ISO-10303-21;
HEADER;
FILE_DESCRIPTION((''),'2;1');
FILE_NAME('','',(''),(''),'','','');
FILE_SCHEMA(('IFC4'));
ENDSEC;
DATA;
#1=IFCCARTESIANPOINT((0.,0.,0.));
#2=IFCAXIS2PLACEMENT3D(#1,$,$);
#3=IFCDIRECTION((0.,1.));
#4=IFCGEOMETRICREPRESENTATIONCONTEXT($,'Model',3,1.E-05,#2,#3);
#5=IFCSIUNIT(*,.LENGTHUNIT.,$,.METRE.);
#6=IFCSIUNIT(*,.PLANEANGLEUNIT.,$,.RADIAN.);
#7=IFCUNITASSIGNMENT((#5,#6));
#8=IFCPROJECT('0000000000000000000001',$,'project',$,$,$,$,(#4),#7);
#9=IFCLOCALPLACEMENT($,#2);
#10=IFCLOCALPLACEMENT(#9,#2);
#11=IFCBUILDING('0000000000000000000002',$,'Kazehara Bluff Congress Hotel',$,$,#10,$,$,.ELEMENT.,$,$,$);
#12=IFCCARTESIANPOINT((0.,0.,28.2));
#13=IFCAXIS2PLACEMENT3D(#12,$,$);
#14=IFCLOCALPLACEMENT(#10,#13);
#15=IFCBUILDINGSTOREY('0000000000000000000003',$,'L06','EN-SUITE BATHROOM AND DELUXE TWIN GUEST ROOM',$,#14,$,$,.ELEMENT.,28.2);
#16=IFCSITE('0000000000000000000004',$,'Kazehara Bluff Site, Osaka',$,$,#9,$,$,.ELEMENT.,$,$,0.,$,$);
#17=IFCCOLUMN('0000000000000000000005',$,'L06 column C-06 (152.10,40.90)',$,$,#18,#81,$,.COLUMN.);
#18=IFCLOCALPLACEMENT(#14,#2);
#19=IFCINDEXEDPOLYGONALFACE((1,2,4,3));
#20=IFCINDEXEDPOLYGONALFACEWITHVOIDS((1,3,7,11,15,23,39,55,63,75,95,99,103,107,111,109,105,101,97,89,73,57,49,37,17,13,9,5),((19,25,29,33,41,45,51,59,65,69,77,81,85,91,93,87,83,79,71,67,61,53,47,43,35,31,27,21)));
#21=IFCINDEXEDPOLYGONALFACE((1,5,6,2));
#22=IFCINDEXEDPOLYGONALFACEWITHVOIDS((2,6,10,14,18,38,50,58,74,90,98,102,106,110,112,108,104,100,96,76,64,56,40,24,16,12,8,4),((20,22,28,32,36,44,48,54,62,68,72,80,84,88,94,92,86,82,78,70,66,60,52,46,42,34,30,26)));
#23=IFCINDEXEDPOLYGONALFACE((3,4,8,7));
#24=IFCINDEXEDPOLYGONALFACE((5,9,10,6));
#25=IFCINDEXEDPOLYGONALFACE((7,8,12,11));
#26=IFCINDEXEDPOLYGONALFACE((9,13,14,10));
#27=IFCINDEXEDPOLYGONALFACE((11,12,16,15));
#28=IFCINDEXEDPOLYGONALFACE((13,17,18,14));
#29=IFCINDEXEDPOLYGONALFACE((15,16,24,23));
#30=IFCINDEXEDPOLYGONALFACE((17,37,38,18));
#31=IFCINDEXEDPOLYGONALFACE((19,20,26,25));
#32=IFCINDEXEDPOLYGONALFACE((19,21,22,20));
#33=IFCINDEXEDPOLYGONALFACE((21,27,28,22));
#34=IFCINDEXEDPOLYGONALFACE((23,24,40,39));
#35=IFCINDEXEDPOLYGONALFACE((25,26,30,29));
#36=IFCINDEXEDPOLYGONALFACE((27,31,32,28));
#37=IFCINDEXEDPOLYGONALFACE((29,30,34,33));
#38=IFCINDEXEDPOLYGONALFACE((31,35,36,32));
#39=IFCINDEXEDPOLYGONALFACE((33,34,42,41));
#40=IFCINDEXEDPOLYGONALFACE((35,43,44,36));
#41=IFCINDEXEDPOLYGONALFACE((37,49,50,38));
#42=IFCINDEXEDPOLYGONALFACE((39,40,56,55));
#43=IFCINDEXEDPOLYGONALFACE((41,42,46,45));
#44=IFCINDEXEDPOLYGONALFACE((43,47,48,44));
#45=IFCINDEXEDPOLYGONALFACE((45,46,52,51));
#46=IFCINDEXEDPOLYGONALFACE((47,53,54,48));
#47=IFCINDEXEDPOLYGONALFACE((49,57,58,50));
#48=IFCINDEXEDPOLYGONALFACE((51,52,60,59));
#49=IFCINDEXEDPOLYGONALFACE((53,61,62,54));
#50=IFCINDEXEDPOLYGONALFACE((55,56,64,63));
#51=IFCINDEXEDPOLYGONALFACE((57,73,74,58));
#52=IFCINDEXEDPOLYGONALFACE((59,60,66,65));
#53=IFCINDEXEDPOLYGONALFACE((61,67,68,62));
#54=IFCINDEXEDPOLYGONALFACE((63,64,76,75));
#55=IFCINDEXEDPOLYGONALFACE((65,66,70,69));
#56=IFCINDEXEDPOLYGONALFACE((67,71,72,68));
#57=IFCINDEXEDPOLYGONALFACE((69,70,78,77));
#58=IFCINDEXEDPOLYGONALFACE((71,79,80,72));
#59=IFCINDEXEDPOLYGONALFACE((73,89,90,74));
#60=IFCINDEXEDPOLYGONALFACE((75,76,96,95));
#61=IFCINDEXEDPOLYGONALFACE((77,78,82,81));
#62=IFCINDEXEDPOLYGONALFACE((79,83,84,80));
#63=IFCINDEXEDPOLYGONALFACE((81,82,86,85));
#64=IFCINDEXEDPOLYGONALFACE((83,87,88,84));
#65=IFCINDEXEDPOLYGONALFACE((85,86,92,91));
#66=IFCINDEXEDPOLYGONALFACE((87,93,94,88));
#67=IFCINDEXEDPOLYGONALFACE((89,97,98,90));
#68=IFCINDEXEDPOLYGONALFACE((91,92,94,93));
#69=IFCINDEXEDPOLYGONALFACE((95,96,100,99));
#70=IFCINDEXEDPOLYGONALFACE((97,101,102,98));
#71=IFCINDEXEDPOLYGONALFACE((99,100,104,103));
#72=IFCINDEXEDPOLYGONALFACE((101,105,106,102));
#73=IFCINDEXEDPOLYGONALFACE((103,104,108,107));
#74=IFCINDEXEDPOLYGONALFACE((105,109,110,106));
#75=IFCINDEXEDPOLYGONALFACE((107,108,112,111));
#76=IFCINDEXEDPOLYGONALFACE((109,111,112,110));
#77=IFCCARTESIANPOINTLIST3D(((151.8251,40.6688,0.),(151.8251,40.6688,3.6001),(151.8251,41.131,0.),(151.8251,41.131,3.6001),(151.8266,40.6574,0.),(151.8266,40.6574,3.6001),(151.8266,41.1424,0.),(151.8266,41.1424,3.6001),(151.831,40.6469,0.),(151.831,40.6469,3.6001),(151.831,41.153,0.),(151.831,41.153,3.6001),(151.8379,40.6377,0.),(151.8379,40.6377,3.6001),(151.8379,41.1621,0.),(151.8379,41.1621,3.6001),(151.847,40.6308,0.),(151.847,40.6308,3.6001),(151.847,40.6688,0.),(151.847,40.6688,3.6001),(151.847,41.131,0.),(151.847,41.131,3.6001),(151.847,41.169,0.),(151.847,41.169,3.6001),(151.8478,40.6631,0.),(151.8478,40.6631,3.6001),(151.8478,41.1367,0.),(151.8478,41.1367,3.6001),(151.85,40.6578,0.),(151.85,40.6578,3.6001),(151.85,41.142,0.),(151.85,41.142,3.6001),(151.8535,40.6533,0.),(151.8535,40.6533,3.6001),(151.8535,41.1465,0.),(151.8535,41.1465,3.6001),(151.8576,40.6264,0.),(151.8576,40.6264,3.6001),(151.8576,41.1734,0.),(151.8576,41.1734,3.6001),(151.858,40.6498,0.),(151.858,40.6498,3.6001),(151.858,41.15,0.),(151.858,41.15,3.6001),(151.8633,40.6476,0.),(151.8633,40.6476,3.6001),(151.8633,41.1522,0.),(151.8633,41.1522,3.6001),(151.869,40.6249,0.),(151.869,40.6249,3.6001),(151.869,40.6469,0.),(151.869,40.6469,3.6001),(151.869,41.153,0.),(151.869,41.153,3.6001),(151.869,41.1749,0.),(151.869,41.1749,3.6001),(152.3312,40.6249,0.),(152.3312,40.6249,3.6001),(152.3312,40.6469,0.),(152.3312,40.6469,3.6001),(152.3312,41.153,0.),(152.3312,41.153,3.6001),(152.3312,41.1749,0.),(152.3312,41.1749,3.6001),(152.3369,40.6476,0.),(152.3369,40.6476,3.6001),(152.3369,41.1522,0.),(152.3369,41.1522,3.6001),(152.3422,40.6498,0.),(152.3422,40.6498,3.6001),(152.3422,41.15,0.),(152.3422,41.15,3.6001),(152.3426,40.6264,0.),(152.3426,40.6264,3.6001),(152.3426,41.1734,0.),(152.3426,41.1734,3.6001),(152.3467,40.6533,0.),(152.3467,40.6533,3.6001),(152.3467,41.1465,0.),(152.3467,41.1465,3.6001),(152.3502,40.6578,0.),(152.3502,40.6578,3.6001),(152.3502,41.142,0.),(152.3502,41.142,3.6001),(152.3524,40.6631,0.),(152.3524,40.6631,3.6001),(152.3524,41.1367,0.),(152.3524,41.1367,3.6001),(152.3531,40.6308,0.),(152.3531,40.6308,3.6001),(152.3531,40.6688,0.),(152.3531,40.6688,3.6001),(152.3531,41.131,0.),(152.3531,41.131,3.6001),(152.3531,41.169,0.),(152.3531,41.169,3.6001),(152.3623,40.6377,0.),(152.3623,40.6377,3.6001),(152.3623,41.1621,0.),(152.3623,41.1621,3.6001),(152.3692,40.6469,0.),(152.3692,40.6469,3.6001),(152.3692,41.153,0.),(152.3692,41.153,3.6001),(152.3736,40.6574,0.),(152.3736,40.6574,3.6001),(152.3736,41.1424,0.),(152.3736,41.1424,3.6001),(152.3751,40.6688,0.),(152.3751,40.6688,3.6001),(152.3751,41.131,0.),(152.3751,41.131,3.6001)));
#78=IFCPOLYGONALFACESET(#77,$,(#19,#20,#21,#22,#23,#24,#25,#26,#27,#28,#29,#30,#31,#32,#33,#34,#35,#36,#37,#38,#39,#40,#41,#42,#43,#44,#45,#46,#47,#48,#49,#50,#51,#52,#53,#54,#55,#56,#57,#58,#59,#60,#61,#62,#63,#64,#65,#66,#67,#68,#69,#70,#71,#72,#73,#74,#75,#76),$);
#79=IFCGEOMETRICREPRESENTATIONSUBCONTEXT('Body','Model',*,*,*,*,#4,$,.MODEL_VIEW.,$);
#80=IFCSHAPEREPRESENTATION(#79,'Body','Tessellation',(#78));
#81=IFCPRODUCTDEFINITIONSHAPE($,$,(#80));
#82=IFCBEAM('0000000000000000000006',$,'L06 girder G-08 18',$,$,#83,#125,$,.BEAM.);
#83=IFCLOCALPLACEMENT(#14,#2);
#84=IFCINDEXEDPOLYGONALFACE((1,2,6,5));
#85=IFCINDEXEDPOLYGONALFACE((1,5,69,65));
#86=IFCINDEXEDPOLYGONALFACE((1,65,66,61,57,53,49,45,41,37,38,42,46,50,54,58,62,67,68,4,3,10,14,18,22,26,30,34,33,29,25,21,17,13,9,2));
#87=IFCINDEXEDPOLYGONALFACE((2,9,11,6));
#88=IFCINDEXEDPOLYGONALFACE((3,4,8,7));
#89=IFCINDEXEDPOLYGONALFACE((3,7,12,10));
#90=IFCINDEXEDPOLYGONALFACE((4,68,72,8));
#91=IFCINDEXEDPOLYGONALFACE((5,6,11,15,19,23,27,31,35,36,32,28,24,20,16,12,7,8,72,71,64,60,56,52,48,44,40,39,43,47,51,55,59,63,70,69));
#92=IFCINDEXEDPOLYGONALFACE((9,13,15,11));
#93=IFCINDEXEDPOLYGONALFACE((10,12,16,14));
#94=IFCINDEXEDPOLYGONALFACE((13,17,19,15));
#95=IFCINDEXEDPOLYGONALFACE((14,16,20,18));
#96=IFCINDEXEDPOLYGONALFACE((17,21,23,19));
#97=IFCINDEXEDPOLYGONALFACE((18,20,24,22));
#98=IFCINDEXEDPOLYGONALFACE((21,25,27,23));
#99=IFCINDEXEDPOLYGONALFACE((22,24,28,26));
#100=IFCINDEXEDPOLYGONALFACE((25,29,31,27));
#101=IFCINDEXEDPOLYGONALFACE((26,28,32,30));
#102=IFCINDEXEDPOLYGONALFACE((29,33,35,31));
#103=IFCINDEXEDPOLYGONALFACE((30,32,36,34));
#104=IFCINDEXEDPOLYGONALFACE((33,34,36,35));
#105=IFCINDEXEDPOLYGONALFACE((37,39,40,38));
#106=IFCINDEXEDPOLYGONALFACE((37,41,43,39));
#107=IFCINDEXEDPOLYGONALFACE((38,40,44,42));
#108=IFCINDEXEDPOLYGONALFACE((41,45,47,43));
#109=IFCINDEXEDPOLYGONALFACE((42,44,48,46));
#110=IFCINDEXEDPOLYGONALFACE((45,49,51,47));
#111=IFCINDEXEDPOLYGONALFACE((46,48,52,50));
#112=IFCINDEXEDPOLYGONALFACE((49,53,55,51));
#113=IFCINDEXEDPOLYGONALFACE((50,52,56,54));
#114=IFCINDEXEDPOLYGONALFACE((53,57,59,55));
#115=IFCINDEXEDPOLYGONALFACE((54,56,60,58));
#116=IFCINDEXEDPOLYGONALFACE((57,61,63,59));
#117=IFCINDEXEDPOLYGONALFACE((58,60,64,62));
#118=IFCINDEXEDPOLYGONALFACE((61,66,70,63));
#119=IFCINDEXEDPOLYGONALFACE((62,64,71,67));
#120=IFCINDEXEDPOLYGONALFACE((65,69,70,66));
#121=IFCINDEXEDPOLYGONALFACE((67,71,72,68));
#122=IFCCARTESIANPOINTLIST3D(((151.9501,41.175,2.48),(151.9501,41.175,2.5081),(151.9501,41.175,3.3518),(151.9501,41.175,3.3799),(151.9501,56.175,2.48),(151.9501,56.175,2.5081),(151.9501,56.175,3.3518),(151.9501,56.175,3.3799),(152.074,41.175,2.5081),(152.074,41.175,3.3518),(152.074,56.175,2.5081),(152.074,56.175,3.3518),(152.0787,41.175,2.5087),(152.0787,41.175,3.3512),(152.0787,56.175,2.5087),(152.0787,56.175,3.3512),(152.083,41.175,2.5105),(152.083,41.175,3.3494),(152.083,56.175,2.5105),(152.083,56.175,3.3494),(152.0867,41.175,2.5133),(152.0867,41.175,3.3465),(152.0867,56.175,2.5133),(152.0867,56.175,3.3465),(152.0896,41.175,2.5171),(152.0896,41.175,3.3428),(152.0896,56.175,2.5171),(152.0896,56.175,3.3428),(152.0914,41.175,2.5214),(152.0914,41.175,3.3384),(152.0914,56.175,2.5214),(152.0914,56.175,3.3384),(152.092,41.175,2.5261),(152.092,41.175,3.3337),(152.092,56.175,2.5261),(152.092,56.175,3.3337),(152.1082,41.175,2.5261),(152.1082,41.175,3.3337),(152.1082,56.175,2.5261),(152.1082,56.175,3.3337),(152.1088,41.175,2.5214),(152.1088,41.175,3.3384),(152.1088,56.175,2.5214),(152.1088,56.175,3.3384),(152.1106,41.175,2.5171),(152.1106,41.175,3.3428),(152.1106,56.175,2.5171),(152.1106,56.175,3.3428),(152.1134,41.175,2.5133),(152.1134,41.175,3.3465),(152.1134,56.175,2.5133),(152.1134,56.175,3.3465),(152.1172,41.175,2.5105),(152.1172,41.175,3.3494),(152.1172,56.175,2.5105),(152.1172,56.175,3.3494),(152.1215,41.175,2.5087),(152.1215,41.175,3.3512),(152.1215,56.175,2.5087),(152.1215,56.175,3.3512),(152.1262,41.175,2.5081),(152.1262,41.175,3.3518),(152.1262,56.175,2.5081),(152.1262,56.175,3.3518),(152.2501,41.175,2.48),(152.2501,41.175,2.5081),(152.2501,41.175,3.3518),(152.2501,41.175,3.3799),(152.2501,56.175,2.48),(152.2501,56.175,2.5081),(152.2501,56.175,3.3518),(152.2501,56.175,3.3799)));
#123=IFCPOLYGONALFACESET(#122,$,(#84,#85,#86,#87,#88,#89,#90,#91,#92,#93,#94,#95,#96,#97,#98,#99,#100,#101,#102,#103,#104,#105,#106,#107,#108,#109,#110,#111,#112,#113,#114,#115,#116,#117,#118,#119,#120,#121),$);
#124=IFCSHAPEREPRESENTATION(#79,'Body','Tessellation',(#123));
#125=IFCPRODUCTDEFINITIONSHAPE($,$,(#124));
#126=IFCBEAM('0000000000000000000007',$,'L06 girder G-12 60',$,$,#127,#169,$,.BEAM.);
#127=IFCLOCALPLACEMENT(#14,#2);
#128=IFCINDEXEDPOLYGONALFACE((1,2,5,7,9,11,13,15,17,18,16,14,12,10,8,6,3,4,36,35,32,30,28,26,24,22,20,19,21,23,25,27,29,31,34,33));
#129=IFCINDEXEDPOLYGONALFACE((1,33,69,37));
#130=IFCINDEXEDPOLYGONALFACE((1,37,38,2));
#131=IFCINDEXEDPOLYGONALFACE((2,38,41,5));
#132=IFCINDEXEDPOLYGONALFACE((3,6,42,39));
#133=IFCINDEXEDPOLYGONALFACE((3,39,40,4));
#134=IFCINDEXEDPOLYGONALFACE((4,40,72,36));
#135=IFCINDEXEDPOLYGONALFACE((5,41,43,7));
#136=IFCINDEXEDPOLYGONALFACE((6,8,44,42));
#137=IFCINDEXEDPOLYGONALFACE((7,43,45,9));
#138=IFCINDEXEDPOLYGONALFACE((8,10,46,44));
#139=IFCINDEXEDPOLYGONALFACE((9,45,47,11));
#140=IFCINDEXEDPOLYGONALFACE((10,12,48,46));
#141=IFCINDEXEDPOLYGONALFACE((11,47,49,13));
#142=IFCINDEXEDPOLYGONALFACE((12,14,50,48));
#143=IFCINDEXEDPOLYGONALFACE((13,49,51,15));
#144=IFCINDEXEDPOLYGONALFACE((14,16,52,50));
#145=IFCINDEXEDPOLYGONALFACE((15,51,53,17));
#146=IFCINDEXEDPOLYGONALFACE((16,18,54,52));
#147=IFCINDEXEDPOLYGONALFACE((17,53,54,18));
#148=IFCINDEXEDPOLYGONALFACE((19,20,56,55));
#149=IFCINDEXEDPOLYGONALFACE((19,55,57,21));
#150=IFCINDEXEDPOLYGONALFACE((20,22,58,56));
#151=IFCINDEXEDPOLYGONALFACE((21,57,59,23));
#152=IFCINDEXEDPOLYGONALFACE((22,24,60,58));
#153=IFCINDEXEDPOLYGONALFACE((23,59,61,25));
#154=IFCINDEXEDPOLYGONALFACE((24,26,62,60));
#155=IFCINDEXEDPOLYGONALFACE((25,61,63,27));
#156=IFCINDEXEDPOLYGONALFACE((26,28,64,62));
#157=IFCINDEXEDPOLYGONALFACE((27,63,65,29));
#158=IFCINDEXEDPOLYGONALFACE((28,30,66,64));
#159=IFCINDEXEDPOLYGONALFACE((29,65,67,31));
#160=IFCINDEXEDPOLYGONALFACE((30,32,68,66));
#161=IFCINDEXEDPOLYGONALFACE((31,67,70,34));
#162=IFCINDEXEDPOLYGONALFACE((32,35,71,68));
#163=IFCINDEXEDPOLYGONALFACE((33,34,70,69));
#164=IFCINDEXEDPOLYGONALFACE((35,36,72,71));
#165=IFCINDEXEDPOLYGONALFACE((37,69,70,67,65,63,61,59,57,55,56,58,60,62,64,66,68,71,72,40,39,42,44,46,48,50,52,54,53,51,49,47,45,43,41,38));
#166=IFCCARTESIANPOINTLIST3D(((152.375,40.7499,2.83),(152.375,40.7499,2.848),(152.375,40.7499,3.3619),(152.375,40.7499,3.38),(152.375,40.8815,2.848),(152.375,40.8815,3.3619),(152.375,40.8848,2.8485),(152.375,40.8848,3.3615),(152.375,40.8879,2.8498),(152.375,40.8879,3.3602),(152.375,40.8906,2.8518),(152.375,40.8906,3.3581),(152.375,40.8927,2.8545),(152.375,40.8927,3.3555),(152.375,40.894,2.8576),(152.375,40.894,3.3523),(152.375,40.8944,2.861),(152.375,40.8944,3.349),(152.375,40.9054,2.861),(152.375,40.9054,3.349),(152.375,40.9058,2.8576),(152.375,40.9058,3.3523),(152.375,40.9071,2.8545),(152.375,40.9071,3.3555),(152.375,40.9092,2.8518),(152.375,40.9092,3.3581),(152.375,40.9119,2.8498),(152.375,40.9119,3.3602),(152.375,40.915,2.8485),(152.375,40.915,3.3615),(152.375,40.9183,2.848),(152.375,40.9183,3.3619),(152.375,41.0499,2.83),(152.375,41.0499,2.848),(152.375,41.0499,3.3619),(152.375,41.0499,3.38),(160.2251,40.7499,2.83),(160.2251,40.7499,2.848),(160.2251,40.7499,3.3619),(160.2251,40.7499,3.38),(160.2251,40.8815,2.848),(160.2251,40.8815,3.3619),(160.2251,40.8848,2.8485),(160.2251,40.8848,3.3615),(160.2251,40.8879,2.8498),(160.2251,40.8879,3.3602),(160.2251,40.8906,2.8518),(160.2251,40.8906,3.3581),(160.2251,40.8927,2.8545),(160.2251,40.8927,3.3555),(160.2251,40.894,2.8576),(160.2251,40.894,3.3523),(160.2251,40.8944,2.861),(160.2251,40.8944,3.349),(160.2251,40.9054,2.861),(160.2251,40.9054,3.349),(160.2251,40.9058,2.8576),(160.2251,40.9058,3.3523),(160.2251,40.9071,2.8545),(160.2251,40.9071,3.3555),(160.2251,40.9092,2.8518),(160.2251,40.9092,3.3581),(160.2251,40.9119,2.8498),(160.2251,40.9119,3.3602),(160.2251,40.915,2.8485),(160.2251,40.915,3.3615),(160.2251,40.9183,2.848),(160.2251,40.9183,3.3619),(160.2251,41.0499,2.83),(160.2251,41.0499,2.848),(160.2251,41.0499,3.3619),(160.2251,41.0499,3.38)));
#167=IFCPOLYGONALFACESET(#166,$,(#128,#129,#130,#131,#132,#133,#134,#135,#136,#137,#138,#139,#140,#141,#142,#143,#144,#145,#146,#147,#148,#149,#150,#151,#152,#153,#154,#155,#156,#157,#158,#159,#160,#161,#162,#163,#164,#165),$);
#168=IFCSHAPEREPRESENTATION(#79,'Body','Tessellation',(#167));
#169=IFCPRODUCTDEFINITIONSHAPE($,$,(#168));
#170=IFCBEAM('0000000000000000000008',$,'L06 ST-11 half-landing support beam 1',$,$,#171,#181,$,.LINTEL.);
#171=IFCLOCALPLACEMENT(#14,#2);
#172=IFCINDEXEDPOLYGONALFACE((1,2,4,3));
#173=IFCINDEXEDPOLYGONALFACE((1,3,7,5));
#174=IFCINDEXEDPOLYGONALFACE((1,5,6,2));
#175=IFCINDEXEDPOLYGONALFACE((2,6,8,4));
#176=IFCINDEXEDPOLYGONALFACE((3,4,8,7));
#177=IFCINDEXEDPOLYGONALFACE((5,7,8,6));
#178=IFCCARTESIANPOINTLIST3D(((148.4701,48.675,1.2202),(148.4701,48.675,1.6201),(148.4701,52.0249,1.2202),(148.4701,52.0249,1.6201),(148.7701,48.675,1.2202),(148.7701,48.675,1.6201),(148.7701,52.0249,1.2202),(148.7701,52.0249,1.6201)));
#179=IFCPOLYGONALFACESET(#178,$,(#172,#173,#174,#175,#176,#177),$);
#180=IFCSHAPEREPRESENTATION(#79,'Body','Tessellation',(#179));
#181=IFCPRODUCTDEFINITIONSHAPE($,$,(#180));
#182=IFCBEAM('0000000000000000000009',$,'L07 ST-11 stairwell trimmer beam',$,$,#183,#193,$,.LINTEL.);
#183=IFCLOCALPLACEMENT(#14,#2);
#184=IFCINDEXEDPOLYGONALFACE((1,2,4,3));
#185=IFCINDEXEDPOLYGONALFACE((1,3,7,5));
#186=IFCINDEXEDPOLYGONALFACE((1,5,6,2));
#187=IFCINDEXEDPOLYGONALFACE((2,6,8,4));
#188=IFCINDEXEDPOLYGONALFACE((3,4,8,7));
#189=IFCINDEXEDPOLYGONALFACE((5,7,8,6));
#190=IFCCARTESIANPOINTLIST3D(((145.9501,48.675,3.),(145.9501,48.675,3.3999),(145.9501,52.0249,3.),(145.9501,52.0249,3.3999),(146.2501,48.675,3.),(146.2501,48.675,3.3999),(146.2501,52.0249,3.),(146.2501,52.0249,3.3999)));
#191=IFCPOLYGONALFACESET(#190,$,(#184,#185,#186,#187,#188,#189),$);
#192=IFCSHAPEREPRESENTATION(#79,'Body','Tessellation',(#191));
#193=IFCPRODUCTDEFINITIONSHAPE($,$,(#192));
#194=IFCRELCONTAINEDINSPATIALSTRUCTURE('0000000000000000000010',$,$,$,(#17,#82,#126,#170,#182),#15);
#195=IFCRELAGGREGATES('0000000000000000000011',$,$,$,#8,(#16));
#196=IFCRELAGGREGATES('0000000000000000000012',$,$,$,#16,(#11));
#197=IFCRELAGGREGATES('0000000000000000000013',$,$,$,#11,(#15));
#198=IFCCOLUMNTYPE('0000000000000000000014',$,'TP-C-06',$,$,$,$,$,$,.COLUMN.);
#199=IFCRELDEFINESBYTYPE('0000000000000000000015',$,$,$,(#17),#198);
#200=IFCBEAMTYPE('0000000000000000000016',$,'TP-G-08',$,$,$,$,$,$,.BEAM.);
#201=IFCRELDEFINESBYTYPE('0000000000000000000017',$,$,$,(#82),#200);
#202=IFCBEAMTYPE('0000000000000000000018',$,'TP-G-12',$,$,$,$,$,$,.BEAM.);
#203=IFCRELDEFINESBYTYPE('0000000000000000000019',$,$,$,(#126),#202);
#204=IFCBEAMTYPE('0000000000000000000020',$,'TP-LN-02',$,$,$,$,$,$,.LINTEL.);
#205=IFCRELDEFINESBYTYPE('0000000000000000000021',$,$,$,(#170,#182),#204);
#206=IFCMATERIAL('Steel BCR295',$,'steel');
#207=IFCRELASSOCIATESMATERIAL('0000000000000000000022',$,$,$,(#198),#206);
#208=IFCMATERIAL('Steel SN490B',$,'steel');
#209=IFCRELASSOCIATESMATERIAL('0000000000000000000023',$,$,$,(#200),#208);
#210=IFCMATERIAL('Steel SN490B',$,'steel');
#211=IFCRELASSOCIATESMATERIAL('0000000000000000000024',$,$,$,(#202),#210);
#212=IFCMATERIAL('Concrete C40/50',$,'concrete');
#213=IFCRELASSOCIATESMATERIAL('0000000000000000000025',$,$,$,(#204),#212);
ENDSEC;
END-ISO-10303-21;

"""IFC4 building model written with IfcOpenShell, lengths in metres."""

from ifc_helpers import new_model, si_unit, direction, frame, origin, origin_2d, place, context, subcontext, project, spatial, rectangle, hollow_rectangle, i_section, extrude, material, material_profile, profile_set, type_object, element, save


model = new_model("IFC4")

# Units and contexts
model_context = context("Model", 3, precision=1e-05, world=origin(), true_north=direction((0.0, 1.0)))
body_context = subcontext(model_context, "Body", "Model", "MODEL_VIEW")
ifc_project = project(units=[si_unit("LENGTHUNIT", "METRE"), si_unit("PLANEANGLEUNIT", "RADIAN")], contexts=[model_context])

# Site, building, storey
site_placement = place(None, origin())
site = spatial("IfcSite", under=ifc_project, at=site_placement, Name="Kazehara Bluff Site, Osaka", CompositionType="ELEMENT", RefElevation=0.0)
building_placement = place(site_placement, origin())
building = spatial("IfcBuilding", under=site, at=building_placement, Name="Kazehara Bluff Congress Hotel", CompositionType="ELEMENT")
storey_placement = place(building_placement, frame((0.0, 0.0, 28.2)))
storey = spatial("IfcBuildingStorey", under=building, at=storey_placement, Name="L06", Description="EN-SUITE BATHROOM AND DELUXE TWIN GUEST ROOM", CompositionType="ELEMENT", Elevation=28.2)

# Column
ifc_material_1 = material(Name="Steel BCR295", Category="steel")
ifc_material_profile_1 = material_profile(ifc_material_1, hollow_rectangle(XDim=0.55, YDim=0.55, WallThickness=0.022, InnerFilletRadius=0.022, OuterFilletRadius=0.0439, at=origin_2d()))
ifc_profile_set_1 = profile_set([ifc_material_profile_1], Name="Steel BCR295")
column_type = type_object("IfcColumnType", Name="TP-C-06", PredefinedType="COLUMN", material=ifc_profile_set_1)
column_placement = place(storey_placement, frame((152.1001, 40.8999, 0.0), z_axis=(0.0, 0.0, 1.0), x_axis=(1.0, 0.0, 0.0)))
element("IfcColumn", 1, at=column_placement, inside=storey, type_object=column_type, Name="L06 column C-06 (152.10,40.90)", PredefinedType="COLUMN", context=body_context, shape_type="SweptSolid", body=[
    extrude(hollow_rectangle(XDim=0.55, YDim=0.55, WallThickness=0.022, InnerFilletRadius=0.022, OuterFilletRadius=0.0439, at=origin_2d()), origin(), (0.0, 0.0, 1.0), 3.6001),
])

# Beams
ifc_material_2 = material(Name="Steel SN490B", Category="steel")
ifc_material_profile_2 = material_profile(ifc_material_2, i_section(OverallWidth=0.3, OverallDepth=0.8999, WebThickness=0.0161, FlangeThickness=0.0281, FilletRadius=0.0181, at=origin_2d()))
ifc_profile_set_2 = profile_set([ifc_material_profile_2], Name="Steel SN490B")
beam_type_1 = type_object("IfcBeamType", Name="TP-G-08", PredefinedType="BEAM", material=ifc_profile_set_2)
beam_1_placement = place(storey_placement, frame((152.1001, 41.175, 2.9299), z_axis=(0.0, 1.0, 0.0), x_axis=(-1.0, 0.0, 0.0)))
element("IfcBeam", 2, at=beam_1_placement, inside=storey, type_object=beam_type_1, Name="L06 girder G-08 18", PredefinedType="BEAM", context=body_context, shape_type="SweptSolid", body=[
    extrude(i_section(OverallWidth=0.3, OverallDepth=0.8999, WebThickness=0.0161, FlangeThickness=0.0281, FilletRadius=0.0181, at=origin_2d()), origin(), (0.0, 0.0, 1.0), 15.0),
])
ifc_material_3 = material(Name="Steel SN490B", Category="steel")
ifc_material_profile_3 = material_profile(ifc_material_3, i_section(OverallWidth=0.3, OverallDepth=0.55, WebThickness=0.011, FlangeThickness=0.0181, FilletRadius=0.0129, at=origin_2d()))
ifc_profile_set_3 = profile_set([ifc_material_profile_3], Name="Steel SN490B")
beam_type_2 = type_object("IfcBeamType", Name="TP-G-12", PredefinedType="BEAM", material=ifc_profile_set_3)
beam_2_placement = place(storey_placement, frame((152.375, 40.8999, 3.105), z_axis=(1.0, 0.0, 0.0), x_axis=(0.0, 1.0, 0.0)))
element("IfcBeam", 3, at=beam_2_placement, inside=storey, type_object=beam_type_2, Name="L06 girder G-12 60", PredefinedType="BEAM", context=body_context, shape_type="SweptSolid", body=[
    extrude(i_section(OverallWidth=0.3, OverallDepth=0.55, WebThickness=0.011, FlangeThickness=0.0181, FilletRadius=0.0129, at=origin_2d()), origin(), (0.0, 0.0, 1.0), 7.8501),
])
ifc_material_4 = material(Name="Concrete C40/50", Category="concrete")
ifc_material_profile_4 = material_profile(ifc_material_4, rectangle(XDim=0.3, YDim=0.3999, at=origin_2d()))
ifc_profile_set_4 = profile_set([ifc_material_profile_4], Name="Concrete C40/50")
beam_type_3 = type_object("IfcBeamType", Name="TP-LN-02", PredefinedType="LINTEL", material=ifc_profile_set_4)
for number, where, z_axis, x_axis, name in (
    (4, (148.6201, 48.675, 1.4202), (0.0, 1.0, 0.0), (-1.0, 0.0, 0.0), "L06 ST-11 half-landing support beam 1"),
    (5, (146.1001, 48.675, 3.2), (0.0, 1.0, 0.0), (-1.0, 0.0, 0.0), "L07 ST-11 stairwell trimmer beam"),
):
    element("IfcBeam", number, at=place(storey_placement, frame(where, z_axis=z_axis, x_axis=x_axis)), inside=storey, type_object=beam_type_3, Name=name, PredefinedType="LINTEL", context=body_context, shape_type="SweptSolid", body=[
        extrude(rectangle(XDim=0.3, YDim=0.3999, at=origin_2d()), origin(), (0.0, 0.0, 1.0), 3.3499),
    ])

save(model, "model.ifc")
